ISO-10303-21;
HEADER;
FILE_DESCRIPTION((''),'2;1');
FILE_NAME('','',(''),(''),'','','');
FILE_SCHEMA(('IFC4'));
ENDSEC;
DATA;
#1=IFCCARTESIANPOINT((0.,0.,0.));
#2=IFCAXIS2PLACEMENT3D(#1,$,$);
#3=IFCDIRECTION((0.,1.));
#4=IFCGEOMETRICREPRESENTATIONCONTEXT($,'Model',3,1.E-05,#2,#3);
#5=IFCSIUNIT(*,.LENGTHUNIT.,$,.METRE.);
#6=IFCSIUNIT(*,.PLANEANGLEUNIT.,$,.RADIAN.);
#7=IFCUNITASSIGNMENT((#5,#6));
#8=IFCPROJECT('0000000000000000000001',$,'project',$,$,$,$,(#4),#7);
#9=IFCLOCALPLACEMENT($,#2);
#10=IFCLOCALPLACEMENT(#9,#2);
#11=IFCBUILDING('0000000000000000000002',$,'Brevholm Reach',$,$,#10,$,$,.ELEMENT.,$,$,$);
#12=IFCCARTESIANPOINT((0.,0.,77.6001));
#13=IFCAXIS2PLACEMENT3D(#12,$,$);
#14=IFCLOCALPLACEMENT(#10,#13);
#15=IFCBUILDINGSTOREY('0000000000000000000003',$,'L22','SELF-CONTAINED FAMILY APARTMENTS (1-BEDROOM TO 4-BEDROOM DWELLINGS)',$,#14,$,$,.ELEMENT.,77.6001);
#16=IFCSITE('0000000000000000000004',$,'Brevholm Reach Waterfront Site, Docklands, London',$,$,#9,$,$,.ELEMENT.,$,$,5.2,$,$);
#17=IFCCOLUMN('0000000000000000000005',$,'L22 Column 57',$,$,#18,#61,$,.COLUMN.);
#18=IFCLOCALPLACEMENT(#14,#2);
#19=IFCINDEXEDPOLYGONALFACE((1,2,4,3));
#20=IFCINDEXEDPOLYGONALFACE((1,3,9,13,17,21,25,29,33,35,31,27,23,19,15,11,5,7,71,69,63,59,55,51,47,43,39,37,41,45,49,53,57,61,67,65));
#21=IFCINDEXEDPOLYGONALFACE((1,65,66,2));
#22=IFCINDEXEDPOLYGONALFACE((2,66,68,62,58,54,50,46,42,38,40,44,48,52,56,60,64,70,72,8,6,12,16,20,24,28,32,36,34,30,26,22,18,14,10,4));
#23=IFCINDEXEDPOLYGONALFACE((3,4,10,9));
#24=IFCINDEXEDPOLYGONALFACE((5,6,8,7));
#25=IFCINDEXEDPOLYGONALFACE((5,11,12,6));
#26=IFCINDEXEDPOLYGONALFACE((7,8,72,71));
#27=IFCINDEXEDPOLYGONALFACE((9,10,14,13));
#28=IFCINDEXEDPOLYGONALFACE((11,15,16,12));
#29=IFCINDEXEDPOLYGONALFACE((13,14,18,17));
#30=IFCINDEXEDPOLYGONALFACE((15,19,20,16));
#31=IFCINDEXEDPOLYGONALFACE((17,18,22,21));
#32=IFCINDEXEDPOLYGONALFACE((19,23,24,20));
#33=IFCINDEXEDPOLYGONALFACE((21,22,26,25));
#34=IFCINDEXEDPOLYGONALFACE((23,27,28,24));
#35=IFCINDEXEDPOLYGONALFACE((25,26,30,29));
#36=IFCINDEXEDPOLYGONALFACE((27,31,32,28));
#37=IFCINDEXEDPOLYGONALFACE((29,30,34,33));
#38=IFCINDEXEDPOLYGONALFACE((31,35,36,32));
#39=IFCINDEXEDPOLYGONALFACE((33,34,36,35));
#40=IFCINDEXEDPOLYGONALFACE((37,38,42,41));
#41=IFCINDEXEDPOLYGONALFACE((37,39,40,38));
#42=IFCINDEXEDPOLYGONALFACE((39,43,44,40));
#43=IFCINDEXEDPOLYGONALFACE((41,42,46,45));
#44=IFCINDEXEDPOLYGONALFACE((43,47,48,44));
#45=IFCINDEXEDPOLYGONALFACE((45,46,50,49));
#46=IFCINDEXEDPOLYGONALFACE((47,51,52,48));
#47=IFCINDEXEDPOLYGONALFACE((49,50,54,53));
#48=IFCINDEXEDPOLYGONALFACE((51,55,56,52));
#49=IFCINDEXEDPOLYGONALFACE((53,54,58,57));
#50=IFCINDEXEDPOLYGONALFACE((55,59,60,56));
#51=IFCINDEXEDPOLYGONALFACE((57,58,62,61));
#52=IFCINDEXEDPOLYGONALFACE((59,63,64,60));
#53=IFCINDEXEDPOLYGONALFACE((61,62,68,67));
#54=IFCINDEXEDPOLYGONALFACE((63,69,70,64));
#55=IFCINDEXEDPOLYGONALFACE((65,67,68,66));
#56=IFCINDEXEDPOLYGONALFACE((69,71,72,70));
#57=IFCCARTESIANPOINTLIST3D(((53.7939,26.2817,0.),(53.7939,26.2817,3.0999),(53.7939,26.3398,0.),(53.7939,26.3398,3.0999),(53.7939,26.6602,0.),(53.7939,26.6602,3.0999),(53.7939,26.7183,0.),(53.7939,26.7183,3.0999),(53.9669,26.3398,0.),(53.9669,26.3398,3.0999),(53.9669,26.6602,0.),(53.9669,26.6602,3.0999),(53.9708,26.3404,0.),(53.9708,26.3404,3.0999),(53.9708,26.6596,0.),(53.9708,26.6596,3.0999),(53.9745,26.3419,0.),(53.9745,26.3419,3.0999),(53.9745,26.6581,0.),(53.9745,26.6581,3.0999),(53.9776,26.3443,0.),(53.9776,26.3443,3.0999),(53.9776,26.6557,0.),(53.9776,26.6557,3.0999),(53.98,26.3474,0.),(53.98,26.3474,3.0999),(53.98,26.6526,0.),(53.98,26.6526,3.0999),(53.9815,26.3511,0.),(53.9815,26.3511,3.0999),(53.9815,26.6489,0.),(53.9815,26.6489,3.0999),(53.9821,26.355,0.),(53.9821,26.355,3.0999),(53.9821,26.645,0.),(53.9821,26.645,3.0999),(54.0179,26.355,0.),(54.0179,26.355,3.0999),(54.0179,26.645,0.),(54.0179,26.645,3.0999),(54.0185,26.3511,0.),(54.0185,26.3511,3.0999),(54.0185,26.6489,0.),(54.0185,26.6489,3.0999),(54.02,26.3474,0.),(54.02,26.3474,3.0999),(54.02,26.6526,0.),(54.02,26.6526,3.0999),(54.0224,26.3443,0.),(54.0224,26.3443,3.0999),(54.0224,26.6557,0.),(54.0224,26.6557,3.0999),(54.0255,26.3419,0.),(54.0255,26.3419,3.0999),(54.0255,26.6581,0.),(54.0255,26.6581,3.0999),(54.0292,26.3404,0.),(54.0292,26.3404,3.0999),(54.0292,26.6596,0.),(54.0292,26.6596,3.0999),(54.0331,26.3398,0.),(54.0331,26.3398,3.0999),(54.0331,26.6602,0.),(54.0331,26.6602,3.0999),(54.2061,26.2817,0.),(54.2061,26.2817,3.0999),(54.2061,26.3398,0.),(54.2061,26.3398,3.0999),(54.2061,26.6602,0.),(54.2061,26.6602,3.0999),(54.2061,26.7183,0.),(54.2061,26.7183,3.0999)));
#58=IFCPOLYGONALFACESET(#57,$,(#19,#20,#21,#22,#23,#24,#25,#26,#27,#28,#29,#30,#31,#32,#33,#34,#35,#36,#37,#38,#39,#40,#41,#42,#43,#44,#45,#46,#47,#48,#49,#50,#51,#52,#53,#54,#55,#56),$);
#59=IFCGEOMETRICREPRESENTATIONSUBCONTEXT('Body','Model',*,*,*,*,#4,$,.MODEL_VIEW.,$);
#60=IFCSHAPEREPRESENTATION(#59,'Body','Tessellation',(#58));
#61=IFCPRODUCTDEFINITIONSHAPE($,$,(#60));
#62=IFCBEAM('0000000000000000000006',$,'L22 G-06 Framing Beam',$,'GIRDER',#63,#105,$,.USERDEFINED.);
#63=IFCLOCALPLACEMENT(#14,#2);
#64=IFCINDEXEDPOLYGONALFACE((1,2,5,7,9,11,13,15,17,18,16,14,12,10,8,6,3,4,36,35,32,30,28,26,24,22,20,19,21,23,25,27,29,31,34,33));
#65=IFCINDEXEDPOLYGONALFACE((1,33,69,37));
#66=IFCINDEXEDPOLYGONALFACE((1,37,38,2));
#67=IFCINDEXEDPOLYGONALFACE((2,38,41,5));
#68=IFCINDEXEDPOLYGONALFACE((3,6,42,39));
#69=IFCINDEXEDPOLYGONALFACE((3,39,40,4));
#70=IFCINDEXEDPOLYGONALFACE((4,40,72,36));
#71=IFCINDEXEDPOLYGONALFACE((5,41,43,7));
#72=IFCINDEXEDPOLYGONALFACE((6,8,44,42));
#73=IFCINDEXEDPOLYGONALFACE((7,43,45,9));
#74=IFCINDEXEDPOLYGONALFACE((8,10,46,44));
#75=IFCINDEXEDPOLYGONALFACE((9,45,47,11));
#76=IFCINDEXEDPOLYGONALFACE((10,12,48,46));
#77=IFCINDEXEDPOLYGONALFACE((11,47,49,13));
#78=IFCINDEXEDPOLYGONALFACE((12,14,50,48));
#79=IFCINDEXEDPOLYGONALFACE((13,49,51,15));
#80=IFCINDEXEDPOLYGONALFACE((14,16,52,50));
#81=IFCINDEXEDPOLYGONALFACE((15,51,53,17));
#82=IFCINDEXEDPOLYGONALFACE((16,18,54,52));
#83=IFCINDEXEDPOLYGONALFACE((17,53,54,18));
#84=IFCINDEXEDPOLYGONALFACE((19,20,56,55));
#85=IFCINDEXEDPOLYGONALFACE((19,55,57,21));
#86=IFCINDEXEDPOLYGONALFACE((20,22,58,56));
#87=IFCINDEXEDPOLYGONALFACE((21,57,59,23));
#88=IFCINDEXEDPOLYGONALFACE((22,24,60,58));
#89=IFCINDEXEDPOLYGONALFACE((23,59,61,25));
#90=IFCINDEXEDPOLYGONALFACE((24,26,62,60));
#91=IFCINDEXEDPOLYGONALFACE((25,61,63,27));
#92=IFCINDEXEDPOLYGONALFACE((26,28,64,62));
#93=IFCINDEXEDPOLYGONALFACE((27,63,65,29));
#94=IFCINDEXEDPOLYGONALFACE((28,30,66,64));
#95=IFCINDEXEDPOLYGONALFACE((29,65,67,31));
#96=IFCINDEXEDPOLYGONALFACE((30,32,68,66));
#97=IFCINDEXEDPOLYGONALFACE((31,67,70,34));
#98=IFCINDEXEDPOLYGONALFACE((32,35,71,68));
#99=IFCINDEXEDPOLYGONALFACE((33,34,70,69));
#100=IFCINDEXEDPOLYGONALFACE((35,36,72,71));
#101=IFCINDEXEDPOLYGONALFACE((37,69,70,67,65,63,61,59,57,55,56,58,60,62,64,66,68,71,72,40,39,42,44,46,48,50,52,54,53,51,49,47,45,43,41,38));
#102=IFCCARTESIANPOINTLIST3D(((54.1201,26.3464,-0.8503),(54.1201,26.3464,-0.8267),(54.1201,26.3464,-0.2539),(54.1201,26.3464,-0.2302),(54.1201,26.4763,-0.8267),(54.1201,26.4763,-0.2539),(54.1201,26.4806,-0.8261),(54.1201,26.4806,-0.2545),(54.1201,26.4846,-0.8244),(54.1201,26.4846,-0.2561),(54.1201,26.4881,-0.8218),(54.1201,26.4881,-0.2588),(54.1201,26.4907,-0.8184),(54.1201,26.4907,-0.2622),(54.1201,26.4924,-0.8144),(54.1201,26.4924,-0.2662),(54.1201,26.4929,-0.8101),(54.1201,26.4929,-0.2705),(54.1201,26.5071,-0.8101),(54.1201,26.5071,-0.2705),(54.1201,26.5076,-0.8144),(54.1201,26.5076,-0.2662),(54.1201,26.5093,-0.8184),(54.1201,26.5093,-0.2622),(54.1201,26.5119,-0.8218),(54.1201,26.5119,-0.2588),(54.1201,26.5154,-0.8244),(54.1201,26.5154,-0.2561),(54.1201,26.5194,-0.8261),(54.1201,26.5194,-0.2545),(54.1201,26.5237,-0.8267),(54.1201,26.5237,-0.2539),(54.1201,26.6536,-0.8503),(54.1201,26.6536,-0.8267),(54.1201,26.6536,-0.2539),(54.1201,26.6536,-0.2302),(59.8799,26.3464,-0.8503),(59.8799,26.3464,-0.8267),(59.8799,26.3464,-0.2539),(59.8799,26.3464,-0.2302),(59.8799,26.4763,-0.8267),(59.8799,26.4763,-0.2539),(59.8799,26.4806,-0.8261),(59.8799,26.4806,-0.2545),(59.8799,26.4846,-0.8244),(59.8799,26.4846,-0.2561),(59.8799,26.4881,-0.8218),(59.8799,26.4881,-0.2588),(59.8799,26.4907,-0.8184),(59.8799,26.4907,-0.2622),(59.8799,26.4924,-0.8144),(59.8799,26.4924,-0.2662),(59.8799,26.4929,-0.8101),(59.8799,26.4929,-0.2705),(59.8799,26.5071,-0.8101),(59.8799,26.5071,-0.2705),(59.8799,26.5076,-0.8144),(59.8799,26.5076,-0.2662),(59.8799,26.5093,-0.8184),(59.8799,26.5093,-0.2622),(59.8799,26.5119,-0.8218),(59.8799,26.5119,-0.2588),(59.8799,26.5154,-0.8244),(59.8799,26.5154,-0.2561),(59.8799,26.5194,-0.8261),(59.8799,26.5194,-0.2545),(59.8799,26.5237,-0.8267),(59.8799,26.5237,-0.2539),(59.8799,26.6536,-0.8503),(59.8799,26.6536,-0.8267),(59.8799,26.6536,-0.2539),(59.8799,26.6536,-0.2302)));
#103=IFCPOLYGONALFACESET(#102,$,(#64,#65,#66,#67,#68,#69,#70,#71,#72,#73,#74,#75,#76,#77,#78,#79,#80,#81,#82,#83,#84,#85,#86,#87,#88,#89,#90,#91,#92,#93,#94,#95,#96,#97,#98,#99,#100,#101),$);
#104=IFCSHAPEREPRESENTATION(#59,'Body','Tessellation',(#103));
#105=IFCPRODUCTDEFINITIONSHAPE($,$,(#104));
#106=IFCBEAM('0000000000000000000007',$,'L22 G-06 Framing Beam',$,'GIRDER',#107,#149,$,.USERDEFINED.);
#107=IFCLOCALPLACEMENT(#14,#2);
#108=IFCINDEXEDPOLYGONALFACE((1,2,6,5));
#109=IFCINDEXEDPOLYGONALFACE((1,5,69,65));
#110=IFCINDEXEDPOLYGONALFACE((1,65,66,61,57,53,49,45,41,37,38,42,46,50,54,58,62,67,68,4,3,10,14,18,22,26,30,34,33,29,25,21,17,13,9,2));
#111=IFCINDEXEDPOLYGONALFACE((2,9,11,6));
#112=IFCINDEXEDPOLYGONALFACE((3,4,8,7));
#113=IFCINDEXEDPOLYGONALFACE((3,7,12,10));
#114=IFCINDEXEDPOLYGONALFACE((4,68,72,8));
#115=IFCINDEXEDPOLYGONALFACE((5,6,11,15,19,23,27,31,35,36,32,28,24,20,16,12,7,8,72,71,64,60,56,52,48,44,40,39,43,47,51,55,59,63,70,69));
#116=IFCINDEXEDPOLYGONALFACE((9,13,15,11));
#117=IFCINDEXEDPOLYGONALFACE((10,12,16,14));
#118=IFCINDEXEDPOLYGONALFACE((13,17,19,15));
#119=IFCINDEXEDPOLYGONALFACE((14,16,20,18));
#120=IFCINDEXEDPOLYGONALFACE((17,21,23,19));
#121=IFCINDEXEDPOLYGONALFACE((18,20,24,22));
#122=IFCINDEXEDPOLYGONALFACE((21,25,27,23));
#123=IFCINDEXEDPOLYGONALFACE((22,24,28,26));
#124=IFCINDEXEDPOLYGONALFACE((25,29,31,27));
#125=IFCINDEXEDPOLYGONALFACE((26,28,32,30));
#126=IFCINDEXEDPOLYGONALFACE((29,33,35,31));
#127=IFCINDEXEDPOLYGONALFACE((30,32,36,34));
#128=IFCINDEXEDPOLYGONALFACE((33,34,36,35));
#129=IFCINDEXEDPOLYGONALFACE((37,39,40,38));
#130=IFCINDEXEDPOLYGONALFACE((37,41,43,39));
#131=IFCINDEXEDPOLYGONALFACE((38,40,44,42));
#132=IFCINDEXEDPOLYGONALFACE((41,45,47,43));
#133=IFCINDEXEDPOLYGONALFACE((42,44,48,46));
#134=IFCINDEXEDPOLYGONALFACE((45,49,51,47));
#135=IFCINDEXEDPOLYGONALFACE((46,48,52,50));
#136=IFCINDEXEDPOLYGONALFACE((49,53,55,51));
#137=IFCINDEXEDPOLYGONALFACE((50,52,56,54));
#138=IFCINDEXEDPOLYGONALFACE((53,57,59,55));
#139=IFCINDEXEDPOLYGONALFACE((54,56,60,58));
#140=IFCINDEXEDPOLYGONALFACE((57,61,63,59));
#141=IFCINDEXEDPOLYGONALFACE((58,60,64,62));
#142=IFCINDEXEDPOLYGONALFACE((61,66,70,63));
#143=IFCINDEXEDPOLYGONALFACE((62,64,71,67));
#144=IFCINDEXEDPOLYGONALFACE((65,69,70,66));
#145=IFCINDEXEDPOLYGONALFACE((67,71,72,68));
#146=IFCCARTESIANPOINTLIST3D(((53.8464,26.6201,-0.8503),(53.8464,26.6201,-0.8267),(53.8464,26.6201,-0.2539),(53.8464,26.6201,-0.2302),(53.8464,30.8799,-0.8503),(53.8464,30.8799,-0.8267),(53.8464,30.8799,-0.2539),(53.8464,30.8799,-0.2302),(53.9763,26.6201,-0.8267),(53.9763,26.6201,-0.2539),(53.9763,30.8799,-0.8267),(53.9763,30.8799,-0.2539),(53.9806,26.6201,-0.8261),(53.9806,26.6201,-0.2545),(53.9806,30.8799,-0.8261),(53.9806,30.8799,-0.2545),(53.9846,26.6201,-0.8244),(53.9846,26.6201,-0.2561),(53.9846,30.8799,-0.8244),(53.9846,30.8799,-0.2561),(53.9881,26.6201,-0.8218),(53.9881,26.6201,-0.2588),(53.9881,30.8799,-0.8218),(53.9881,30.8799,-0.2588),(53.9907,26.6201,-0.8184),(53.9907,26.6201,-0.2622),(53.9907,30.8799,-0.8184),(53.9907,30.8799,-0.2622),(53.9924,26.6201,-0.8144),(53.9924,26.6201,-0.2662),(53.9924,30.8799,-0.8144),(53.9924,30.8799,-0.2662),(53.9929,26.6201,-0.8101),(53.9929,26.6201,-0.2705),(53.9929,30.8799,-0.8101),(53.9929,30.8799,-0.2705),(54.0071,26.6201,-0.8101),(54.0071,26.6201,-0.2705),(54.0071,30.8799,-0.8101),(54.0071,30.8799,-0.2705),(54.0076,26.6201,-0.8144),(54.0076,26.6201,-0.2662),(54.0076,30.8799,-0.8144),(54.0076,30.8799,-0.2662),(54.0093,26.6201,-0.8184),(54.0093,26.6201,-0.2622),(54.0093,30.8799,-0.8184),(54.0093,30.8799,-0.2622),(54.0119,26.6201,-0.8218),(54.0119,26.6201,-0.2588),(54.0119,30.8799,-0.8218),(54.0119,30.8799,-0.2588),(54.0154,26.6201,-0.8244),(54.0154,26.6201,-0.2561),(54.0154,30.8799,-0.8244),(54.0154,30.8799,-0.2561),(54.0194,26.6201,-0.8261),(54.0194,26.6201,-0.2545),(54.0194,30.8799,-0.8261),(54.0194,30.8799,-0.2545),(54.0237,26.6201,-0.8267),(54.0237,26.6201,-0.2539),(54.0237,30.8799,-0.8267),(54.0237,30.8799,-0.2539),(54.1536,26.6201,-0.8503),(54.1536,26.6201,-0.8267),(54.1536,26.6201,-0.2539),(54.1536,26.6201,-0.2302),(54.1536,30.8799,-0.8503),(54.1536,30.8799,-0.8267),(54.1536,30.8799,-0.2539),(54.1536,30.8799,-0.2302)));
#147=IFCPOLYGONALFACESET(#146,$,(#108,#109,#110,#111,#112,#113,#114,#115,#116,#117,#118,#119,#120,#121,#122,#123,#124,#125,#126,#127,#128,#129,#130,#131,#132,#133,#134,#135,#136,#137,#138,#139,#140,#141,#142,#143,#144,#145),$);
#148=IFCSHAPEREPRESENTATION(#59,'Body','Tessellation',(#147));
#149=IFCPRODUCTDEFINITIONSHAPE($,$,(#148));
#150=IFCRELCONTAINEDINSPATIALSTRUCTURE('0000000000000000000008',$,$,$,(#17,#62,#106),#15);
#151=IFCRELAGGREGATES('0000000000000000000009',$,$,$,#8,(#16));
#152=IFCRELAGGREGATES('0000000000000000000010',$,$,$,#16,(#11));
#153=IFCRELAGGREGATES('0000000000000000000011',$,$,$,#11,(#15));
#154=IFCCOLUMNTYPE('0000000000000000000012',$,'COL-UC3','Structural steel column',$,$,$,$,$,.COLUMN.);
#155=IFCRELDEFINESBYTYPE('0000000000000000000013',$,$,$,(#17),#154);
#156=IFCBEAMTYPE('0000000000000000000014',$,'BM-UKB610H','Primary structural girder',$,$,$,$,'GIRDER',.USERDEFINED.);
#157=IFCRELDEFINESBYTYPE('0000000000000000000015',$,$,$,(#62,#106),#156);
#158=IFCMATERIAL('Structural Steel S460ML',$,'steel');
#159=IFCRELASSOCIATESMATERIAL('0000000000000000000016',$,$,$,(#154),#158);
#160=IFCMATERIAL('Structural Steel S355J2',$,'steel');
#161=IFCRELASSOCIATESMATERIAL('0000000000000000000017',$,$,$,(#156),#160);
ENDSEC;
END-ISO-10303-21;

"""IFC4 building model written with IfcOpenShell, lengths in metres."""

from ifc_helpers import new_model, si_unit, direction, frame, origin, origin_2d, place, context, subcontext, project, spatial, i_section, extrude, material, material_profile, profile_set, type_object, element, save


model = new_model("IFC4")

# Units and contexts
model_context = context("Model", 3, precision=1e-05, world=origin(), true_north=direction((0.0, 1.0)))
body_context = subcontext(model_context, "Body", "Model", "MODEL_VIEW")
ifc_project = project(units=[si_unit("LENGTHUNIT", "METRE"), si_unit("PLANEANGLEUNIT", "RADIAN")], contexts=[model_context])

# Site, building, storey
site_placement = place(None, origin())
site = spatial("IfcSite", under=ifc_project, at=site_placement, Name="Brevholm Reach Waterfront Site, Docklands, London", CompositionType="ELEMENT", RefElevation=5.2)
building_placement = place(site_placement, origin())
building = spatial("IfcBuilding", under=site, at=building_placement, Name="Brevholm Reach", CompositionType="ELEMENT")
storey_placement = place(building_placement, frame((0.0, 0.0, 77.6001)))
storey = spatial("IfcBuildingStorey", under=building, at=storey_placement, Name="L22", Description="SELF-CONTAINED FAMILY APARTMENTS (1-BEDROOM TO 4-BEDROOM DWELLINGS)", CompositionType="ELEMENT", Elevation=77.6001)

# Column
ifc_material_1 = material(Name="Structural Steel S460ML", Category="steel")
ifc_material_profile_1 = material_profile(ifc_material_1, i_section(OverallWidth=0.4121, OverallDepth=0.4365, WebThickness=0.0359, FlangeThickness=0.0581, FilletRadius=0.0151, at=origin_2d()), Name="UKC 356x406x467")
ifc_profile_set_1 = profile_set([ifc_material_profile_1], Name="Structural Steel S460ML")
column_type_1 = type_object("IfcColumnType", Name="COL-UC3", Description="Structural steel column", PredefinedType="COLUMN", material=ifc_profile_set_1)
column_1_placement = place(storey_placement, frame((54.0, 26.5, 0.0), z_axis=(0.0, 0.0, 1.0), x_axis=(1.0, 0.0, 0.0)))
element("IfcColumn", 1, at=column_1_placement, inside=storey, type_object=column_type_1, Name="L22 Column 57", PredefinedType="COLUMN", context=body_context, shape_type="SweptSolid", body=[
    extrude(i_section(OverallWidth=0.4121, OverallDepth=0.4365, WebThickness=0.0359, FlangeThickness=0.0581, FilletRadius=0.0151, at=origin_2d()), origin(), (0.0, 0.0, 1.0), 3.0999),
])

# Beams
ifc_material_2 = material(Name="Structural Steel S355J2", Category="steel")
ifc_material_profile_2 = material_profile(ifc_material_2, i_section(OverallWidth=0.3071, OverallDepth=0.6201, WebThickness=0.0142, FlangeThickness=0.0237, FilletRadius=0.0166, at=origin_2d()), Name="UKB 610x305x179")
ifc_profile_set_2 = profile_set([ifc_material_profile_2], Name="Structural Steel S355J2")
beam_type = type_object("IfcBeamType", Name="BM-UKB610H", Description="Primary structural girder", ElementType="GIRDER", PredefinedType="USERDEFINED", material=ifc_profile_set_2)
beam_1_placement = place(storey_placement, frame((54.1201, 26.5, -0.5403), z_axis=(1.0, 0.0, 0.0), x_axis=(0.0, 1.0, 0.0)))
element("IfcBeam", 2, at=beam_1_placement, inside=storey, type_object=beam_type, Name="L22 G-06 Framing Beam", ObjectType="GIRDER", PredefinedType="USERDEFINED", context=body_context, shape_type="SweptSolid", body=[
    extrude(i_section(OverallWidth=0.3071, OverallDepth=0.6201, WebThickness=0.0142, FlangeThickness=0.0237, FilletRadius=0.0166, at=origin_2d()), origin(), (0.0, 0.0, 1.0), 5.7598),
])
beam_2_placement = place(storey_placement, frame((54.0, 26.6201, -0.5403), z_axis=(0.0, 1.0, 0.0), x_axis=(-1.0, 0.0, 0.0)))
element("IfcBeam", 3, at=beam_2_placement, inside=storey, type_object=beam_type, Name="L22 G-06 Framing Beam", ObjectType="GIRDER", PredefinedType="USERDEFINED", context=body_context, shape_type="SweptSolid", body=[
    extrude(i_section(OverallWidth=0.3071, OverallDepth=0.6201, WebThickness=0.0142, FlangeThickness=0.0237, FilletRadius=0.0166, at=origin_2d()), origin(), (0.0, 0.0, 1.0), 4.2598),
])

save(model, "model.ifc")
